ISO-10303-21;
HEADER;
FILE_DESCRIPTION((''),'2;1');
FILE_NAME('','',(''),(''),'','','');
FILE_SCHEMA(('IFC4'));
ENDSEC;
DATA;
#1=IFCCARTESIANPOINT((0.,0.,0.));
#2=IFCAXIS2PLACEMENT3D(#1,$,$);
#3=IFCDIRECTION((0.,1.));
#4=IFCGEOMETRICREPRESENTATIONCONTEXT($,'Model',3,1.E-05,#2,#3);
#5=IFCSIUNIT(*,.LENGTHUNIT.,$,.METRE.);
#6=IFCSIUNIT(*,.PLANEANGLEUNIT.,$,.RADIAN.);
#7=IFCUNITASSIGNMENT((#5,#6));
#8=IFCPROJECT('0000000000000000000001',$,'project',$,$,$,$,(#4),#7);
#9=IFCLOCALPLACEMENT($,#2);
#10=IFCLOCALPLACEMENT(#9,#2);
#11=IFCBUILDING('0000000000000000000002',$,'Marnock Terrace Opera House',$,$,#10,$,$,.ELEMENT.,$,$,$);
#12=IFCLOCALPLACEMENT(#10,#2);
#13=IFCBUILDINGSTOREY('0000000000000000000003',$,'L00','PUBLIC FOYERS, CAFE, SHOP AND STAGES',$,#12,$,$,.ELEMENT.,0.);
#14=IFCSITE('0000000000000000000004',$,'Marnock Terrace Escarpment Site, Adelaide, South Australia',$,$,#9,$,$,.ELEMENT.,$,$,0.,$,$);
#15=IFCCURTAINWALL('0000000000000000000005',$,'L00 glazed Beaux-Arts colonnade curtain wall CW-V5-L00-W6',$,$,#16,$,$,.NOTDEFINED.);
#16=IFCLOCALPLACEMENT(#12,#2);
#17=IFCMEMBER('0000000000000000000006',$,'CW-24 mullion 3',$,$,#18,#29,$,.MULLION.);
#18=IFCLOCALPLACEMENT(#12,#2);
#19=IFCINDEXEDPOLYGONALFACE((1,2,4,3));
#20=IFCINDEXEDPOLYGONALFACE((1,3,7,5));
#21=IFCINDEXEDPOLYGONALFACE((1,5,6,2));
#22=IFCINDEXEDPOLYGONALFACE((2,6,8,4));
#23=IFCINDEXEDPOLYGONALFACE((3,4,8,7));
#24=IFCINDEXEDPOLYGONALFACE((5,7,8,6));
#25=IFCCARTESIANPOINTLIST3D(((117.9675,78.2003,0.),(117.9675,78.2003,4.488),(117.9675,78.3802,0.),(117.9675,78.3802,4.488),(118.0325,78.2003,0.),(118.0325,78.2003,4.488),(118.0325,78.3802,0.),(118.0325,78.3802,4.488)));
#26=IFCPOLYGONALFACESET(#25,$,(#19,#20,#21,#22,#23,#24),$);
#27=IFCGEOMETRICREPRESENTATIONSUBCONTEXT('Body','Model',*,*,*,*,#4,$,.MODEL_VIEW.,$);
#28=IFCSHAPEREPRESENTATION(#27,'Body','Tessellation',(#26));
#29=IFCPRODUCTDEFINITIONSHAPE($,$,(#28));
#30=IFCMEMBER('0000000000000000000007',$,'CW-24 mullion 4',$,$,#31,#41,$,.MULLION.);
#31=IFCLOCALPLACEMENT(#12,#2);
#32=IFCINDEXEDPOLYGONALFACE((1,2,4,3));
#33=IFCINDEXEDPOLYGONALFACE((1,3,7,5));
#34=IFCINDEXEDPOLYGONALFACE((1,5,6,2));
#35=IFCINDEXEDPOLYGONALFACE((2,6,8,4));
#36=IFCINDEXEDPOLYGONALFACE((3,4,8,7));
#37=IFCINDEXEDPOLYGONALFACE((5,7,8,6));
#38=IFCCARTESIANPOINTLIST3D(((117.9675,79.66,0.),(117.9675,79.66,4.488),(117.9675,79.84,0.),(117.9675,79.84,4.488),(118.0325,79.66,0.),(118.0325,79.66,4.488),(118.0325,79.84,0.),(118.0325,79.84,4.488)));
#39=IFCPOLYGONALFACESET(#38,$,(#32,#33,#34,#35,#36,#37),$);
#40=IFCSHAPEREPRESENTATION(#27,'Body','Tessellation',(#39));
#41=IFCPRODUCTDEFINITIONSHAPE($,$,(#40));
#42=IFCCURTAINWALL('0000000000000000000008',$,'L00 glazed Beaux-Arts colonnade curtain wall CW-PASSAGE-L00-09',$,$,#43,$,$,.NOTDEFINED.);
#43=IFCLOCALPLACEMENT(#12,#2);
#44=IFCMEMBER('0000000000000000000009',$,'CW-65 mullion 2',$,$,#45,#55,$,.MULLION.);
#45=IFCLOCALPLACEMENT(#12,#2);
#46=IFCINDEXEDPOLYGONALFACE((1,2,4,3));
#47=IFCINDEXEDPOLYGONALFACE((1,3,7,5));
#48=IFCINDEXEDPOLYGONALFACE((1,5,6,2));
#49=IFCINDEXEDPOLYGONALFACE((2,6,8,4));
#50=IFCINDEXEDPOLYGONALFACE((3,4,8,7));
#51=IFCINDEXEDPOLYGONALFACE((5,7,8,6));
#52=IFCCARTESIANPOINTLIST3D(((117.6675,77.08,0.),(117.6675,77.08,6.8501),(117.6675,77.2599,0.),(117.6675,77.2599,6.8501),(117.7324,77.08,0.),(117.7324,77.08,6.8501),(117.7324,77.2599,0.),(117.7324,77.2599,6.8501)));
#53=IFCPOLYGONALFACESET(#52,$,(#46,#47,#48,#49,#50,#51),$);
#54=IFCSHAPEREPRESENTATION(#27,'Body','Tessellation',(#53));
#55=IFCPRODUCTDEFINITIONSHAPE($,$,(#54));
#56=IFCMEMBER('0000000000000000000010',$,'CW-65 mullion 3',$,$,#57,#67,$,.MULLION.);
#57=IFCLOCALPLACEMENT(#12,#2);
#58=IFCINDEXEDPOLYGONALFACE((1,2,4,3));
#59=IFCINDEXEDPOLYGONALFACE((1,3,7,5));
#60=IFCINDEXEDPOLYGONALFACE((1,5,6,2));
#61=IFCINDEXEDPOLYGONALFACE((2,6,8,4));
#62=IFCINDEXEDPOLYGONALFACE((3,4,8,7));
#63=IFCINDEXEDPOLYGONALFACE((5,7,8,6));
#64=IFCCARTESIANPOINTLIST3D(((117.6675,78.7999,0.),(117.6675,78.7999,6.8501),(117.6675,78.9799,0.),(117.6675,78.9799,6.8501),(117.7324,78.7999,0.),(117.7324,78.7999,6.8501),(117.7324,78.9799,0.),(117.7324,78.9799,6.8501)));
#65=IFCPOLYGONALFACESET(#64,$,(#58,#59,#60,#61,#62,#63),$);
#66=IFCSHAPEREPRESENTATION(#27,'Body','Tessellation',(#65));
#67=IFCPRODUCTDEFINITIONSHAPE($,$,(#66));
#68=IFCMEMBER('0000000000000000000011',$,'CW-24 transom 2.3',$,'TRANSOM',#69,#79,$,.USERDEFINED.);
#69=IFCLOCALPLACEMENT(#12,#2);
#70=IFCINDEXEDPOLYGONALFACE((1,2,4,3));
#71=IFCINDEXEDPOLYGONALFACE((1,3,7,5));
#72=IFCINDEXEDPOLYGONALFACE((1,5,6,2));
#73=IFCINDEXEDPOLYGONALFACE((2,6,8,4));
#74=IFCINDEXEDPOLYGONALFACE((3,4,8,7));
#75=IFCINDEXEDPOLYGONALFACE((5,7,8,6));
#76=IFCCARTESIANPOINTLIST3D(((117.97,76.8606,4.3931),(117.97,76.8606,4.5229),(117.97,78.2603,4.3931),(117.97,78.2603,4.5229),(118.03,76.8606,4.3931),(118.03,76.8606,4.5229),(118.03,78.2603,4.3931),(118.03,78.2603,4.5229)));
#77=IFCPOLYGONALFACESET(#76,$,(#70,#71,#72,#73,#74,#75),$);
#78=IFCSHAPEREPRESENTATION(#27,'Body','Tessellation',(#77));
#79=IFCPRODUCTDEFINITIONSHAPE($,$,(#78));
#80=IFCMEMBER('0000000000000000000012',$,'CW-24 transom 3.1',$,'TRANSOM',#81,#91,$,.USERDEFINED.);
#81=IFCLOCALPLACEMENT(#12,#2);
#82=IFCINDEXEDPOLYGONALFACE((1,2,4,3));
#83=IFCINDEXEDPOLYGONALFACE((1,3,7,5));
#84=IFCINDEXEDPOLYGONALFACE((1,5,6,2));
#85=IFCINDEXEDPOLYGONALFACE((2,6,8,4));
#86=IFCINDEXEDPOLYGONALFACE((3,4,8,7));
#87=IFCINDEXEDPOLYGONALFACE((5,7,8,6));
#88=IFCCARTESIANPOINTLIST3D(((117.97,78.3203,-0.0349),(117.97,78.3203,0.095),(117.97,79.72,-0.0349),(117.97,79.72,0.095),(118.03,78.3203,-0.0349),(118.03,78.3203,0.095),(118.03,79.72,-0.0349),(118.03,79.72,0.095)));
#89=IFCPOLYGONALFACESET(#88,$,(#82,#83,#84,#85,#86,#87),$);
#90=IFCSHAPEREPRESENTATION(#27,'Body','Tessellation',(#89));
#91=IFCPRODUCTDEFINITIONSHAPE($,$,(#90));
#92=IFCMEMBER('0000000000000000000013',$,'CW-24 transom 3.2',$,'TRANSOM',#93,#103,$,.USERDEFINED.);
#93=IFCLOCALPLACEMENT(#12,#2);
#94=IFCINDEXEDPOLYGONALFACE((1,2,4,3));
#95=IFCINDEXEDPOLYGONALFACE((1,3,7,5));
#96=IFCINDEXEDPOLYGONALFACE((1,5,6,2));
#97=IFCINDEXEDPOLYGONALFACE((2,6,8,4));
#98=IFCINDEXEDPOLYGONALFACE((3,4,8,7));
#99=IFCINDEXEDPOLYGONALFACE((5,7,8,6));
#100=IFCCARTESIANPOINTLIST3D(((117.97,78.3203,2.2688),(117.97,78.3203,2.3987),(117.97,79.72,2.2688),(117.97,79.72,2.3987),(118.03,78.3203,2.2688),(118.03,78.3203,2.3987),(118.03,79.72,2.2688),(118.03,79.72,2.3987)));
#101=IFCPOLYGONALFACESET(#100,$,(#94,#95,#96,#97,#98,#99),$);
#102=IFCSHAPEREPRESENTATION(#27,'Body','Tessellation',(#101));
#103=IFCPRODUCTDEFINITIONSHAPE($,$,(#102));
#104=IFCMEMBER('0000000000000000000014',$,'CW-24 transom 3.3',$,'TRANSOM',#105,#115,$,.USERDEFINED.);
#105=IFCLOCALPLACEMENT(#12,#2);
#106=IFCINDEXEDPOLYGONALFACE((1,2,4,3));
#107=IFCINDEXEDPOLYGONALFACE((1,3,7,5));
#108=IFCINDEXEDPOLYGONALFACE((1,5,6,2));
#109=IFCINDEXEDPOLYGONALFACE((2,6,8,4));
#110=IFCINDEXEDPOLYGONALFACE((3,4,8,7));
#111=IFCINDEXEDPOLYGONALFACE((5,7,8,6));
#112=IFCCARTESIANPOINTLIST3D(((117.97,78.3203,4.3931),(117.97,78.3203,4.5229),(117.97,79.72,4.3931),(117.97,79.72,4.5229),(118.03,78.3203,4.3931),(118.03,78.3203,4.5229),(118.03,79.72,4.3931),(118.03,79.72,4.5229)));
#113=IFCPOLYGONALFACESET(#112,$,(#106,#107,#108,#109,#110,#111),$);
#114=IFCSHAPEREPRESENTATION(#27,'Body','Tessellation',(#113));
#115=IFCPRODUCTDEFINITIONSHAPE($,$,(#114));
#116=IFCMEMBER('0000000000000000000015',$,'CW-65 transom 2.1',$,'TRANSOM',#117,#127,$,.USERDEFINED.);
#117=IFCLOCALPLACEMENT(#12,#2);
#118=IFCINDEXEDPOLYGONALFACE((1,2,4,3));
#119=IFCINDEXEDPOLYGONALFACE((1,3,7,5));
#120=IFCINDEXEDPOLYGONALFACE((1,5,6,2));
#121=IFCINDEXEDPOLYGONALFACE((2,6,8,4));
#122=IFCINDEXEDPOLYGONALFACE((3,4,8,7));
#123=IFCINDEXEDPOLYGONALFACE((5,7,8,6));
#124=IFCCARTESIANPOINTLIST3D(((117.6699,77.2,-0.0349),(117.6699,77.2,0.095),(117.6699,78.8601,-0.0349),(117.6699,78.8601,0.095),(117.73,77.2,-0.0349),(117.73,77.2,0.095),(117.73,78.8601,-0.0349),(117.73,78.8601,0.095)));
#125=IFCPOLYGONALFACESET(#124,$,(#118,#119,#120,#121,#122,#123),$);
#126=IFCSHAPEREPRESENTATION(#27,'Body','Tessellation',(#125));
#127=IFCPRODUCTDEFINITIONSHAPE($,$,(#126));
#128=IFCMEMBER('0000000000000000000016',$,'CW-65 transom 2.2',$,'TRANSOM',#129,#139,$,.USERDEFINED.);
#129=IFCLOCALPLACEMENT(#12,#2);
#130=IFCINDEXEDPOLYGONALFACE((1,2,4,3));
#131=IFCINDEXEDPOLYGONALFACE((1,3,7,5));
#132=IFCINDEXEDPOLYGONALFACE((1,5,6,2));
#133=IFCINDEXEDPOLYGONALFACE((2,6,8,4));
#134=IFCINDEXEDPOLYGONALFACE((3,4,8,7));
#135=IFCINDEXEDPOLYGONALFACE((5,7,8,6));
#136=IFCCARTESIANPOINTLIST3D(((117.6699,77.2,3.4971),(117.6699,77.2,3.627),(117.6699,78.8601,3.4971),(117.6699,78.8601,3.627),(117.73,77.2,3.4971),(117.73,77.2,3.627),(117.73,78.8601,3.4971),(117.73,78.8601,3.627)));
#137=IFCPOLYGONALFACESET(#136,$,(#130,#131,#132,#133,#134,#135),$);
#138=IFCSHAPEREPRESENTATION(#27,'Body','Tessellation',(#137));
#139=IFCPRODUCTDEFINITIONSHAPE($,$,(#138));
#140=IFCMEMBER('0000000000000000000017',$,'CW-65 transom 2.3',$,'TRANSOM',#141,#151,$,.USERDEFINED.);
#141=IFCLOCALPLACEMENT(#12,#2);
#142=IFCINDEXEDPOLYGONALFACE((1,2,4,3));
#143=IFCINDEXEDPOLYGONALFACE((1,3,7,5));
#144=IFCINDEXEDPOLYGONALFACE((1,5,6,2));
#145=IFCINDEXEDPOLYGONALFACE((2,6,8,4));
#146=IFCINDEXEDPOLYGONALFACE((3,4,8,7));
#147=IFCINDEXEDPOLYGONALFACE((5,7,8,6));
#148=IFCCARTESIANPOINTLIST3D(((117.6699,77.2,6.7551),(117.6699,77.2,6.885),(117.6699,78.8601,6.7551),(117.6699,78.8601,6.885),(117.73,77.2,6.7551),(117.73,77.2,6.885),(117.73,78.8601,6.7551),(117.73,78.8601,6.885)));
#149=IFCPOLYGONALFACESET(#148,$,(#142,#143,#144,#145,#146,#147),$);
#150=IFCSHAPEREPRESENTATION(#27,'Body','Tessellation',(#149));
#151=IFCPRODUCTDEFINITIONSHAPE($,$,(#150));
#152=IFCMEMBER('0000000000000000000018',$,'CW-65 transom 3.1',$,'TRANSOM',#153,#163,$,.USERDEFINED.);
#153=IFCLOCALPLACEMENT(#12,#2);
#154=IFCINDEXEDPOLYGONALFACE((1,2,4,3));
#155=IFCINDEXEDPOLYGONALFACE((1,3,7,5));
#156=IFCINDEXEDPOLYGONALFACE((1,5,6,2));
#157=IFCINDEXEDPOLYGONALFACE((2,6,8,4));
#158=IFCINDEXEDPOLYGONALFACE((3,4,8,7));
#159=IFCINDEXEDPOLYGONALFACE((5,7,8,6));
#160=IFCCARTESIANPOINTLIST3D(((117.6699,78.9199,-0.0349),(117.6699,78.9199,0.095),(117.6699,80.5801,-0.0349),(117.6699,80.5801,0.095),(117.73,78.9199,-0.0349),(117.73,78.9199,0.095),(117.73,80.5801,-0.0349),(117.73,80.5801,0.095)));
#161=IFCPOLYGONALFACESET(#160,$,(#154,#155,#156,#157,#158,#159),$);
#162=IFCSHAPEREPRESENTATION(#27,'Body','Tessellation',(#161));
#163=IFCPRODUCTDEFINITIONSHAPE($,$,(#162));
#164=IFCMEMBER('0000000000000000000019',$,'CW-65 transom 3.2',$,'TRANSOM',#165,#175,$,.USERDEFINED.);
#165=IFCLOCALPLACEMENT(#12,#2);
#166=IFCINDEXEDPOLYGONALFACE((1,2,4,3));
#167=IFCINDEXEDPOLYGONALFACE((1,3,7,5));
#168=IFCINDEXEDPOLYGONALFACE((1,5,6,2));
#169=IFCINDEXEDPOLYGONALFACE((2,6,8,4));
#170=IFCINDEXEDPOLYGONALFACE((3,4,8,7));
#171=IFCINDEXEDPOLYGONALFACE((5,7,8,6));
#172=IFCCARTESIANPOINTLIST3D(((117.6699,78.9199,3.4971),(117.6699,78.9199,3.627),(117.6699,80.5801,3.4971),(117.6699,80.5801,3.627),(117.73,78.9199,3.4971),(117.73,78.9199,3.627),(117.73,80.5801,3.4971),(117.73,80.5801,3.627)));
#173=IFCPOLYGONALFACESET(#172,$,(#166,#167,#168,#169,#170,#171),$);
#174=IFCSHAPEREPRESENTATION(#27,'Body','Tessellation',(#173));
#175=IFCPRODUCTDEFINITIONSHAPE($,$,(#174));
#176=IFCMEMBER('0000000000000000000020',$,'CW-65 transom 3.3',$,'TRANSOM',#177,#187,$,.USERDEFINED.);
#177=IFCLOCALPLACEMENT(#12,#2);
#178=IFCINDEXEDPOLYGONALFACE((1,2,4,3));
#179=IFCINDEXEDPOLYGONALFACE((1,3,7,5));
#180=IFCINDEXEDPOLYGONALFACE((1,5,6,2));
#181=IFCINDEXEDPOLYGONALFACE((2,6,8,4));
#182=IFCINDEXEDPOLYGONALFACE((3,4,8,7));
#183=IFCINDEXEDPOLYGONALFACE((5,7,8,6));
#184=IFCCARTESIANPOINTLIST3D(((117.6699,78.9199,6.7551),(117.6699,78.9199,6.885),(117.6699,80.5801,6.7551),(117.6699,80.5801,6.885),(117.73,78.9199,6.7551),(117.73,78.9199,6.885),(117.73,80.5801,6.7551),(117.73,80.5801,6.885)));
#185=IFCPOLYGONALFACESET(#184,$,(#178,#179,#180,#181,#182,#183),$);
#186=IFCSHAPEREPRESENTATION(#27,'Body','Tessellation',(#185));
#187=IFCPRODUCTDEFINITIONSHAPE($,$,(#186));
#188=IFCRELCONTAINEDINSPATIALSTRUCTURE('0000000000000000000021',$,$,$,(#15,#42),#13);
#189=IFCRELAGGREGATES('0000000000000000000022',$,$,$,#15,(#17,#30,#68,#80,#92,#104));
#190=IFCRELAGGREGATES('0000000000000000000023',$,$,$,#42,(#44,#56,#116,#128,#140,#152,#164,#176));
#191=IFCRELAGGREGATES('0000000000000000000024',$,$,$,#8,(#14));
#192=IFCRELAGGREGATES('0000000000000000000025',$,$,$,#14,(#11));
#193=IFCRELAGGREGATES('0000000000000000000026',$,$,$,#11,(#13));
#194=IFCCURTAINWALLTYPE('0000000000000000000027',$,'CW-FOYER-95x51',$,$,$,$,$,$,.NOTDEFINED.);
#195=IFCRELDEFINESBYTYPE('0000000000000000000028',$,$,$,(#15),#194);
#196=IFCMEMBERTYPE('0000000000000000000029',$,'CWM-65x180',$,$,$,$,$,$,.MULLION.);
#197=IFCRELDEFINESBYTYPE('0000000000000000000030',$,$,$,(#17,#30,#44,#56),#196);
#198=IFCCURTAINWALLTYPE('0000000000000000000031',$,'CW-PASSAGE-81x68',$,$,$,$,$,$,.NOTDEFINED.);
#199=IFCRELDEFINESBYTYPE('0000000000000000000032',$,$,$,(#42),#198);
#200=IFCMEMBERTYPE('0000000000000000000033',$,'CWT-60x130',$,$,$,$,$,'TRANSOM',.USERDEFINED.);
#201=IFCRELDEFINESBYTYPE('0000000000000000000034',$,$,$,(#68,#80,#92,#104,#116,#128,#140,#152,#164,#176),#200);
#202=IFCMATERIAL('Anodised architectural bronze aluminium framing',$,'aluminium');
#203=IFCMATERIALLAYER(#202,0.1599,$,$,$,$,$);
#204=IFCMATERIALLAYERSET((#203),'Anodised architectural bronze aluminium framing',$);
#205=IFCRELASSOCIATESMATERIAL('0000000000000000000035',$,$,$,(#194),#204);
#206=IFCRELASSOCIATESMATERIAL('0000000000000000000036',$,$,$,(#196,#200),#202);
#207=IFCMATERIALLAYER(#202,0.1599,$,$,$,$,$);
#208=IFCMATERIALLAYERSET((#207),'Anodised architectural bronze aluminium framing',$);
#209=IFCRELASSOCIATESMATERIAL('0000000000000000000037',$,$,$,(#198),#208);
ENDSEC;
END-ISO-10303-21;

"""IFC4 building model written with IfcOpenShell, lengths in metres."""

from ifc_helpers import new_model, si_unit, direction, frame, origin, origin_2d, place, context, subcontext, project, spatial, rectangle, extrude, material, layer, layer_set, material_profile, profile_set, type_object, element, aggregate, save


model = new_model("IFC4")

# Units and contexts
model_context = context("Model", 3, precision=1e-05, world=origin(), true_north=direction((0.0, 1.0)))
body_context = subcontext(model_context, "Body", "Model", "MODEL_VIEW")
ifc_project = project(units=[si_unit("LENGTHUNIT", "METRE"), si_unit("PLANEANGLEUNIT", "RADIAN")], contexts=[model_context])

# Site, building, storey
site_placement = place(None, origin())
site = spatial("IfcSite", under=ifc_project, at=site_placement, Name="Marnock Terrace Escarpment Site, Adelaide, South Australia", CompositionType="ELEMENT", RefElevation=0.0)
building_placement = place(site_placement, origin())
building = spatial("IfcBuilding", under=site, at=building_placement, Name="Marnock Terrace Opera House", CompositionType="ELEMENT")
storey_placement = place(building_placement, origin())
storey = spatial("IfcBuildingStorey", under=building, at=storey_placement, Name="L00", Description="PUBLIC FOYERS, CAFE, SHOP AND STAGES", CompositionType="ELEMENT", Elevation=0.0)

# Curtain walls, members
ifc_material_1 = material(Name="Anodised architectural bronze aluminium framing", Category="aluminium")
ifc_layer_1 = layer(ifc_material_1, 0.1599)
ifc_layer_set_1 = layer_set([ifc_layer_1], Name="Anodised architectural bronze aluminium framing")
curtain_wall_type_1 = type_object("IfcCurtainWallType", Name="CW-FOYER-95x51", PredefinedType="NOTDEFINED", material=ifc_layer_set_1)
curtain_wall_1_placement = place(storey_placement, origin())
curtain_wall_1 = element("IfcCurtainWall", 1, at=curtain_wall_1_placement, inside=storey, type_object=curtain_wall_type_1, Name="L00 glazed Beaux-Arts colonnade curtain wall CW-V5-L00-W6", PredefinedType="NOTDEFINED")
ifc_material_profile_1 = material_profile(ifc_material_1, rectangle(XDim=0.0649, YDim=0.1799, at=origin_2d()))
ifc_profile_set_1 = profile_set([ifc_material_profile_1], Name="Anodised architectural bronze aluminium framing")
member_type_1 = type_object("IfcMemberType", Name="CWM-65x180", PredefinedType="MULLION", material=ifc_profile_set_1)
member_1_placement = place(storey_placement, frame((118.0, 78.2903, 0.0), z_axis=(0.0, 0.0, 1.0), x_axis=(-1.0, 0.0, 0.0)))
member_1 = element("IfcMember", 2, at=member_1_placement, type_object=member_type_1, Name="CW-24 mullion 3", PredefinedType="MULLION", context=body_context, shape_type="SweptSolid", body=[
    extrude(rectangle(XDim=0.0649, YDim=0.1799, at=origin_2d()), origin(), (0.0, 0.0, 1.0), 4.488),
])
member_2_placement = place(storey_placement, frame((118.0, 79.75, 0.0), z_axis=(0.0, 0.0, 1.0), x_axis=(-1.0, 0.0, 0.0)))
member_2 = element("IfcMember", 3, at=member_2_placement, type_object=member_type_1, Name="CW-24 mullion 4", PredefinedType="MULLION", context=body_context, shape_type="SweptSolid", body=[
    extrude(rectangle(XDim=0.0649, YDim=0.1799, at=origin_2d()), origin(), (0.0, 0.0, 1.0), 4.488),
])
ifc_layer_2 = layer(ifc_material_1, 0.1599)
ifc_layer_set_2 = layer_set([ifc_layer_2], Name="Anodised architectural bronze aluminium framing")
curtain_wall_type_2 = type_object("IfcCurtainWallType", Name="CW-PASSAGE-81x68", PredefinedType="NOTDEFINED", material=ifc_layer_set_2)
curtain_wall_2_placement = place(storey_placement, origin())
curtain_wall_2 = element("IfcCurtainWall", 4, at=curtain_wall_2_placement, inside=storey, type_object=curtain_wall_type_2, Name="L00 glazed Beaux-Arts colonnade curtain wall CW-PASSAGE-L00-09", PredefinedType="NOTDEFINED")
member_3_placement = place(storey_placement, frame((117.7, 77.1699, 0.0), z_axis=(0.0, 0.0, 1.0), x_axis=(-1.0, 0.0, 0.0)))
member_3 = element("IfcMember", 5, at=member_3_placement, type_object=member_type_1, Name="CW-65 mullion 2", PredefinedType="MULLION", context=body_context, shape_type="SweptSolid", body=[
    extrude(rectangle(XDim=0.0649, YDim=0.1799, at=origin_2d()), origin(), (0.0, 0.0, 1.0), 6.8501),
])
member_4_placement = place(storey_placement, frame((117.7, 78.8899, 0.0), z_axis=(0.0, 0.0, 1.0), x_axis=(-1.0, 0.0, 0.0)))
member_4 = element("IfcMember", 6, at=member_4_placement, type_object=member_type_1, Name="CW-65 mullion 3", PredefinedType="MULLION", context=body_context, shape_type="SweptSolid", body=[
    extrude(rectangle(XDim=0.0649, YDim=0.1799, at=origin_2d()), origin(), (0.0, 0.0, 1.0), 6.8501),
])

# Members
ifc_material_profile_2 = material_profile(ifc_material_1, rectangle(XDim=0.0601, YDim=0.1299, at=origin_2d()))
ifc_profile_set_2 = profile_set([ifc_material_profile_2], Name="Anodised architectural bronze aluminium framing")
member_type_2 = type_object("IfcMemberType", Name="CWT-60x130", ElementType="TRANSOM", PredefinedType="USERDEFINED", material=ifc_profile_set_2)
member_5_placement = place(storey_placement, frame((118.0, 76.8606, 4.458), z_axis=(0.0, 1.0, 0.0), x_axis=(-1.0, 0.0, 0.0)))
member_5 = element("IfcMember", 7, at=member_5_placement, type_object=member_type_2, Name="CW-24 transom 2.3", ObjectType="TRANSOM", PredefinedType="USERDEFINED", context=body_context, shape_type="SweptSolid", body=[
    extrude(rectangle(XDim=0.0601, YDim=0.1299, at=origin_2d()), origin(), (0.0, 0.0, 1.0), 1.3997),
])
member_6_placement = place(storey_placement, frame((118.0, 78.3203, 0.03), z_axis=(0.0, 1.0, 0.0), x_axis=(-1.0, 0.0, 0.0)))
member_6 = element("IfcMember", 8, at=member_6_placement, type_object=member_type_2, Name="CW-24 transom 3.1", ObjectType="TRANSOM", PredefinedType="USERDEFINED", context=body_context, shape_type="SweptSolid", body=[
    extrude(rectangle(XDim=0.0601, YDim=0.1299, at=origin_2d()), origin(), (0.0, 0.0, 1.0), 1.3997),
])
member_7_placement = place(storey_placement, frame((118.0, 78.3203, 2.3337), z_axis=(0.0, 1.0, 0.0), x_axis=(-1.0, 0.0, 0.0)))
member_7 = element("IfcMember", 9, at=member_7_placement, type_object=member_type_2, Name="CW-24 transom 3.2", ObjectType="TRANSOM", PredefinedType="USERDEFINED", context=body_context, shape_type="SweptSolid", body=[
    extrude(rectangle(XDim=0.0601, YDim=0.1299, at=origin_2d()), origin(), (0.0, 0.0, 1.0), 1.3997),
])
member_8_placement = place(storey_placement, frame((118.0, 78.3203, 4.458), z_axis=(0.0, 1.0, 0.0), x_axis=(-1.0, 0.0, 0.0)))
member_8 = element("IfcMember", 10, at=member_8_placement, type_object=member_type_2, Name="CW-24 transom 3.3", ObjectType="TRANSOM", PredefinedType="USERDEFINED", context=body_context, shape_type="SweptSolid", body=[
    extrude(rectangle(XDim=0.0601, YDim=0.1299, at=origin_2d()), origin(), (0.0, 0.0, 1.0), 1.3997),
])
member_9_placement = place(storey_placement, frame((117.7, 77.2, 0.03), z_axis=(0.0, 1.0, 0.0), x_axis=(-1.0, 0.0, 0.0)))
member_9 = element("IfcMember", 11, at=member_9_placement, type_object=member_type_2, Name="CW-65 transom 2.1", ObjectType="TRANSOM", PredefinedType="USERDEFINED", context=body_context, shape_type="SweptSolid", body=[
    extrude(rectangle(XDim=0.0601, YDim=0.1299, at=origin_2d()), origin(), (0.0, 0.0, 1.0), 1.6602),
])
member_10_placement = place(storey_placement, frame((117.7, 77.2, 3.562), z_axis=(0.0, 1.0, 0.0), x_axis=(-1.0, 0.0, 0.0)))
member_10 = element("IfcMember", 12, at=member_10_placement, type_object=member_type_2, Name="CW-65 transom 2.2", ObjectType="TRANSOM", PredefinedType="USERDEFINED", context=body_context, shape_type="SweptSolid", body=[
    extrude(rectangle(XDim=0.0601, YDim=0.1299, at=origin_2d()), origin(), (0.0, 0.0, 1.0), 1.6602),
])
member_11_placement = place(storey_placement, frame((117.7, 77.2, 6.8201), z_axis=(0.0, 1.0, 0.0), x_axis=(-1.0, 0.0, 0.0)))
member_11 = element("IfcMember", 13, at=member_11_placement, type_object=member_type_2, Name="CW-65 transom 2.3", ObjectType="TRANSOM", PredefinedType="USERDEFINED", context=body_context, shape_type="SweptSolid", body=[
    extrude(rectangle(XDim=0.0601, YDim=0.1299, at=origin_2d()), origin(), (0.0, 0.0, 1.0), 1.6602),
])
member_12_placement = place(storey_placement, frame((117.7, 78.9199, 0.03), z_axis=(0.0, 1.0, 0.0), x_axis=(-1.0, 0.0, 0.0)))
member_12 = element("IfcMember", 14, at=member_12_placement, type_object=member_type_2, Name="CW-65 transom 3.1", ObjectType="TRANSOM", PredefinedType="USERDEFINED", context=body_context, shape_type="SweptSolid", body=[
    extrude(rectangle(XDim=0.0601, YDim=0.1299, at=origin_2d()), origin(), (0.0, 0.0, 1.0), 1.6602),
])
member_13_placement = place(storey_placement, frame((117.7, 78.9199, 3.562), z_axis=(0.0, 1.0, 0.0), x_axis=(-1.0, 0.0, 0.0)))
member_13 = element("IfcMember", 15, at=member_13_placement, type_object=member_type_2, Name="CW-65 transom 3.2", ObjectType="TRANSOM", PredefinedType="USERDEFINED", context=body_context, shape_type="SweptSolid", body=[
    extrude(rectangle(XDim=0.0601, YDim=0.1299, at=origin_2d()), origin(), (0.0, 0.0, 1.0), 1.6602),
])
member_14_placement = place(storey_placement, frame((117.7, 78.9199, 6.8201), z_axis=(0.0, 1.0, 0.0), x_axis=(-1.0, 0.0, 0.0)))
member_14 = element("IfcMember", 16, at=member_14_placement, type_object=member_type_2, Name="CW-65 transom 3.3", ObjectType="TRANSOM", PredefinedType="USERDEFINED", context=body_context, shape_type="SweptSolid", body=[
    extrude(rectangle(XDim=0.0601, YDim=0.1299, at=origin_2d()), origin(), (0.0, 0.0, 1.0), 1.6602),
])

aggregate(curtain_wall_1, [member_1, member_2, member_5, member_6, member_7, member_8])
aggregate(curtain_wall_2, [member_3, member_4, member_9, member_10, member_11, member_12, member_13, member_14])

save(model, "model.ifc")
